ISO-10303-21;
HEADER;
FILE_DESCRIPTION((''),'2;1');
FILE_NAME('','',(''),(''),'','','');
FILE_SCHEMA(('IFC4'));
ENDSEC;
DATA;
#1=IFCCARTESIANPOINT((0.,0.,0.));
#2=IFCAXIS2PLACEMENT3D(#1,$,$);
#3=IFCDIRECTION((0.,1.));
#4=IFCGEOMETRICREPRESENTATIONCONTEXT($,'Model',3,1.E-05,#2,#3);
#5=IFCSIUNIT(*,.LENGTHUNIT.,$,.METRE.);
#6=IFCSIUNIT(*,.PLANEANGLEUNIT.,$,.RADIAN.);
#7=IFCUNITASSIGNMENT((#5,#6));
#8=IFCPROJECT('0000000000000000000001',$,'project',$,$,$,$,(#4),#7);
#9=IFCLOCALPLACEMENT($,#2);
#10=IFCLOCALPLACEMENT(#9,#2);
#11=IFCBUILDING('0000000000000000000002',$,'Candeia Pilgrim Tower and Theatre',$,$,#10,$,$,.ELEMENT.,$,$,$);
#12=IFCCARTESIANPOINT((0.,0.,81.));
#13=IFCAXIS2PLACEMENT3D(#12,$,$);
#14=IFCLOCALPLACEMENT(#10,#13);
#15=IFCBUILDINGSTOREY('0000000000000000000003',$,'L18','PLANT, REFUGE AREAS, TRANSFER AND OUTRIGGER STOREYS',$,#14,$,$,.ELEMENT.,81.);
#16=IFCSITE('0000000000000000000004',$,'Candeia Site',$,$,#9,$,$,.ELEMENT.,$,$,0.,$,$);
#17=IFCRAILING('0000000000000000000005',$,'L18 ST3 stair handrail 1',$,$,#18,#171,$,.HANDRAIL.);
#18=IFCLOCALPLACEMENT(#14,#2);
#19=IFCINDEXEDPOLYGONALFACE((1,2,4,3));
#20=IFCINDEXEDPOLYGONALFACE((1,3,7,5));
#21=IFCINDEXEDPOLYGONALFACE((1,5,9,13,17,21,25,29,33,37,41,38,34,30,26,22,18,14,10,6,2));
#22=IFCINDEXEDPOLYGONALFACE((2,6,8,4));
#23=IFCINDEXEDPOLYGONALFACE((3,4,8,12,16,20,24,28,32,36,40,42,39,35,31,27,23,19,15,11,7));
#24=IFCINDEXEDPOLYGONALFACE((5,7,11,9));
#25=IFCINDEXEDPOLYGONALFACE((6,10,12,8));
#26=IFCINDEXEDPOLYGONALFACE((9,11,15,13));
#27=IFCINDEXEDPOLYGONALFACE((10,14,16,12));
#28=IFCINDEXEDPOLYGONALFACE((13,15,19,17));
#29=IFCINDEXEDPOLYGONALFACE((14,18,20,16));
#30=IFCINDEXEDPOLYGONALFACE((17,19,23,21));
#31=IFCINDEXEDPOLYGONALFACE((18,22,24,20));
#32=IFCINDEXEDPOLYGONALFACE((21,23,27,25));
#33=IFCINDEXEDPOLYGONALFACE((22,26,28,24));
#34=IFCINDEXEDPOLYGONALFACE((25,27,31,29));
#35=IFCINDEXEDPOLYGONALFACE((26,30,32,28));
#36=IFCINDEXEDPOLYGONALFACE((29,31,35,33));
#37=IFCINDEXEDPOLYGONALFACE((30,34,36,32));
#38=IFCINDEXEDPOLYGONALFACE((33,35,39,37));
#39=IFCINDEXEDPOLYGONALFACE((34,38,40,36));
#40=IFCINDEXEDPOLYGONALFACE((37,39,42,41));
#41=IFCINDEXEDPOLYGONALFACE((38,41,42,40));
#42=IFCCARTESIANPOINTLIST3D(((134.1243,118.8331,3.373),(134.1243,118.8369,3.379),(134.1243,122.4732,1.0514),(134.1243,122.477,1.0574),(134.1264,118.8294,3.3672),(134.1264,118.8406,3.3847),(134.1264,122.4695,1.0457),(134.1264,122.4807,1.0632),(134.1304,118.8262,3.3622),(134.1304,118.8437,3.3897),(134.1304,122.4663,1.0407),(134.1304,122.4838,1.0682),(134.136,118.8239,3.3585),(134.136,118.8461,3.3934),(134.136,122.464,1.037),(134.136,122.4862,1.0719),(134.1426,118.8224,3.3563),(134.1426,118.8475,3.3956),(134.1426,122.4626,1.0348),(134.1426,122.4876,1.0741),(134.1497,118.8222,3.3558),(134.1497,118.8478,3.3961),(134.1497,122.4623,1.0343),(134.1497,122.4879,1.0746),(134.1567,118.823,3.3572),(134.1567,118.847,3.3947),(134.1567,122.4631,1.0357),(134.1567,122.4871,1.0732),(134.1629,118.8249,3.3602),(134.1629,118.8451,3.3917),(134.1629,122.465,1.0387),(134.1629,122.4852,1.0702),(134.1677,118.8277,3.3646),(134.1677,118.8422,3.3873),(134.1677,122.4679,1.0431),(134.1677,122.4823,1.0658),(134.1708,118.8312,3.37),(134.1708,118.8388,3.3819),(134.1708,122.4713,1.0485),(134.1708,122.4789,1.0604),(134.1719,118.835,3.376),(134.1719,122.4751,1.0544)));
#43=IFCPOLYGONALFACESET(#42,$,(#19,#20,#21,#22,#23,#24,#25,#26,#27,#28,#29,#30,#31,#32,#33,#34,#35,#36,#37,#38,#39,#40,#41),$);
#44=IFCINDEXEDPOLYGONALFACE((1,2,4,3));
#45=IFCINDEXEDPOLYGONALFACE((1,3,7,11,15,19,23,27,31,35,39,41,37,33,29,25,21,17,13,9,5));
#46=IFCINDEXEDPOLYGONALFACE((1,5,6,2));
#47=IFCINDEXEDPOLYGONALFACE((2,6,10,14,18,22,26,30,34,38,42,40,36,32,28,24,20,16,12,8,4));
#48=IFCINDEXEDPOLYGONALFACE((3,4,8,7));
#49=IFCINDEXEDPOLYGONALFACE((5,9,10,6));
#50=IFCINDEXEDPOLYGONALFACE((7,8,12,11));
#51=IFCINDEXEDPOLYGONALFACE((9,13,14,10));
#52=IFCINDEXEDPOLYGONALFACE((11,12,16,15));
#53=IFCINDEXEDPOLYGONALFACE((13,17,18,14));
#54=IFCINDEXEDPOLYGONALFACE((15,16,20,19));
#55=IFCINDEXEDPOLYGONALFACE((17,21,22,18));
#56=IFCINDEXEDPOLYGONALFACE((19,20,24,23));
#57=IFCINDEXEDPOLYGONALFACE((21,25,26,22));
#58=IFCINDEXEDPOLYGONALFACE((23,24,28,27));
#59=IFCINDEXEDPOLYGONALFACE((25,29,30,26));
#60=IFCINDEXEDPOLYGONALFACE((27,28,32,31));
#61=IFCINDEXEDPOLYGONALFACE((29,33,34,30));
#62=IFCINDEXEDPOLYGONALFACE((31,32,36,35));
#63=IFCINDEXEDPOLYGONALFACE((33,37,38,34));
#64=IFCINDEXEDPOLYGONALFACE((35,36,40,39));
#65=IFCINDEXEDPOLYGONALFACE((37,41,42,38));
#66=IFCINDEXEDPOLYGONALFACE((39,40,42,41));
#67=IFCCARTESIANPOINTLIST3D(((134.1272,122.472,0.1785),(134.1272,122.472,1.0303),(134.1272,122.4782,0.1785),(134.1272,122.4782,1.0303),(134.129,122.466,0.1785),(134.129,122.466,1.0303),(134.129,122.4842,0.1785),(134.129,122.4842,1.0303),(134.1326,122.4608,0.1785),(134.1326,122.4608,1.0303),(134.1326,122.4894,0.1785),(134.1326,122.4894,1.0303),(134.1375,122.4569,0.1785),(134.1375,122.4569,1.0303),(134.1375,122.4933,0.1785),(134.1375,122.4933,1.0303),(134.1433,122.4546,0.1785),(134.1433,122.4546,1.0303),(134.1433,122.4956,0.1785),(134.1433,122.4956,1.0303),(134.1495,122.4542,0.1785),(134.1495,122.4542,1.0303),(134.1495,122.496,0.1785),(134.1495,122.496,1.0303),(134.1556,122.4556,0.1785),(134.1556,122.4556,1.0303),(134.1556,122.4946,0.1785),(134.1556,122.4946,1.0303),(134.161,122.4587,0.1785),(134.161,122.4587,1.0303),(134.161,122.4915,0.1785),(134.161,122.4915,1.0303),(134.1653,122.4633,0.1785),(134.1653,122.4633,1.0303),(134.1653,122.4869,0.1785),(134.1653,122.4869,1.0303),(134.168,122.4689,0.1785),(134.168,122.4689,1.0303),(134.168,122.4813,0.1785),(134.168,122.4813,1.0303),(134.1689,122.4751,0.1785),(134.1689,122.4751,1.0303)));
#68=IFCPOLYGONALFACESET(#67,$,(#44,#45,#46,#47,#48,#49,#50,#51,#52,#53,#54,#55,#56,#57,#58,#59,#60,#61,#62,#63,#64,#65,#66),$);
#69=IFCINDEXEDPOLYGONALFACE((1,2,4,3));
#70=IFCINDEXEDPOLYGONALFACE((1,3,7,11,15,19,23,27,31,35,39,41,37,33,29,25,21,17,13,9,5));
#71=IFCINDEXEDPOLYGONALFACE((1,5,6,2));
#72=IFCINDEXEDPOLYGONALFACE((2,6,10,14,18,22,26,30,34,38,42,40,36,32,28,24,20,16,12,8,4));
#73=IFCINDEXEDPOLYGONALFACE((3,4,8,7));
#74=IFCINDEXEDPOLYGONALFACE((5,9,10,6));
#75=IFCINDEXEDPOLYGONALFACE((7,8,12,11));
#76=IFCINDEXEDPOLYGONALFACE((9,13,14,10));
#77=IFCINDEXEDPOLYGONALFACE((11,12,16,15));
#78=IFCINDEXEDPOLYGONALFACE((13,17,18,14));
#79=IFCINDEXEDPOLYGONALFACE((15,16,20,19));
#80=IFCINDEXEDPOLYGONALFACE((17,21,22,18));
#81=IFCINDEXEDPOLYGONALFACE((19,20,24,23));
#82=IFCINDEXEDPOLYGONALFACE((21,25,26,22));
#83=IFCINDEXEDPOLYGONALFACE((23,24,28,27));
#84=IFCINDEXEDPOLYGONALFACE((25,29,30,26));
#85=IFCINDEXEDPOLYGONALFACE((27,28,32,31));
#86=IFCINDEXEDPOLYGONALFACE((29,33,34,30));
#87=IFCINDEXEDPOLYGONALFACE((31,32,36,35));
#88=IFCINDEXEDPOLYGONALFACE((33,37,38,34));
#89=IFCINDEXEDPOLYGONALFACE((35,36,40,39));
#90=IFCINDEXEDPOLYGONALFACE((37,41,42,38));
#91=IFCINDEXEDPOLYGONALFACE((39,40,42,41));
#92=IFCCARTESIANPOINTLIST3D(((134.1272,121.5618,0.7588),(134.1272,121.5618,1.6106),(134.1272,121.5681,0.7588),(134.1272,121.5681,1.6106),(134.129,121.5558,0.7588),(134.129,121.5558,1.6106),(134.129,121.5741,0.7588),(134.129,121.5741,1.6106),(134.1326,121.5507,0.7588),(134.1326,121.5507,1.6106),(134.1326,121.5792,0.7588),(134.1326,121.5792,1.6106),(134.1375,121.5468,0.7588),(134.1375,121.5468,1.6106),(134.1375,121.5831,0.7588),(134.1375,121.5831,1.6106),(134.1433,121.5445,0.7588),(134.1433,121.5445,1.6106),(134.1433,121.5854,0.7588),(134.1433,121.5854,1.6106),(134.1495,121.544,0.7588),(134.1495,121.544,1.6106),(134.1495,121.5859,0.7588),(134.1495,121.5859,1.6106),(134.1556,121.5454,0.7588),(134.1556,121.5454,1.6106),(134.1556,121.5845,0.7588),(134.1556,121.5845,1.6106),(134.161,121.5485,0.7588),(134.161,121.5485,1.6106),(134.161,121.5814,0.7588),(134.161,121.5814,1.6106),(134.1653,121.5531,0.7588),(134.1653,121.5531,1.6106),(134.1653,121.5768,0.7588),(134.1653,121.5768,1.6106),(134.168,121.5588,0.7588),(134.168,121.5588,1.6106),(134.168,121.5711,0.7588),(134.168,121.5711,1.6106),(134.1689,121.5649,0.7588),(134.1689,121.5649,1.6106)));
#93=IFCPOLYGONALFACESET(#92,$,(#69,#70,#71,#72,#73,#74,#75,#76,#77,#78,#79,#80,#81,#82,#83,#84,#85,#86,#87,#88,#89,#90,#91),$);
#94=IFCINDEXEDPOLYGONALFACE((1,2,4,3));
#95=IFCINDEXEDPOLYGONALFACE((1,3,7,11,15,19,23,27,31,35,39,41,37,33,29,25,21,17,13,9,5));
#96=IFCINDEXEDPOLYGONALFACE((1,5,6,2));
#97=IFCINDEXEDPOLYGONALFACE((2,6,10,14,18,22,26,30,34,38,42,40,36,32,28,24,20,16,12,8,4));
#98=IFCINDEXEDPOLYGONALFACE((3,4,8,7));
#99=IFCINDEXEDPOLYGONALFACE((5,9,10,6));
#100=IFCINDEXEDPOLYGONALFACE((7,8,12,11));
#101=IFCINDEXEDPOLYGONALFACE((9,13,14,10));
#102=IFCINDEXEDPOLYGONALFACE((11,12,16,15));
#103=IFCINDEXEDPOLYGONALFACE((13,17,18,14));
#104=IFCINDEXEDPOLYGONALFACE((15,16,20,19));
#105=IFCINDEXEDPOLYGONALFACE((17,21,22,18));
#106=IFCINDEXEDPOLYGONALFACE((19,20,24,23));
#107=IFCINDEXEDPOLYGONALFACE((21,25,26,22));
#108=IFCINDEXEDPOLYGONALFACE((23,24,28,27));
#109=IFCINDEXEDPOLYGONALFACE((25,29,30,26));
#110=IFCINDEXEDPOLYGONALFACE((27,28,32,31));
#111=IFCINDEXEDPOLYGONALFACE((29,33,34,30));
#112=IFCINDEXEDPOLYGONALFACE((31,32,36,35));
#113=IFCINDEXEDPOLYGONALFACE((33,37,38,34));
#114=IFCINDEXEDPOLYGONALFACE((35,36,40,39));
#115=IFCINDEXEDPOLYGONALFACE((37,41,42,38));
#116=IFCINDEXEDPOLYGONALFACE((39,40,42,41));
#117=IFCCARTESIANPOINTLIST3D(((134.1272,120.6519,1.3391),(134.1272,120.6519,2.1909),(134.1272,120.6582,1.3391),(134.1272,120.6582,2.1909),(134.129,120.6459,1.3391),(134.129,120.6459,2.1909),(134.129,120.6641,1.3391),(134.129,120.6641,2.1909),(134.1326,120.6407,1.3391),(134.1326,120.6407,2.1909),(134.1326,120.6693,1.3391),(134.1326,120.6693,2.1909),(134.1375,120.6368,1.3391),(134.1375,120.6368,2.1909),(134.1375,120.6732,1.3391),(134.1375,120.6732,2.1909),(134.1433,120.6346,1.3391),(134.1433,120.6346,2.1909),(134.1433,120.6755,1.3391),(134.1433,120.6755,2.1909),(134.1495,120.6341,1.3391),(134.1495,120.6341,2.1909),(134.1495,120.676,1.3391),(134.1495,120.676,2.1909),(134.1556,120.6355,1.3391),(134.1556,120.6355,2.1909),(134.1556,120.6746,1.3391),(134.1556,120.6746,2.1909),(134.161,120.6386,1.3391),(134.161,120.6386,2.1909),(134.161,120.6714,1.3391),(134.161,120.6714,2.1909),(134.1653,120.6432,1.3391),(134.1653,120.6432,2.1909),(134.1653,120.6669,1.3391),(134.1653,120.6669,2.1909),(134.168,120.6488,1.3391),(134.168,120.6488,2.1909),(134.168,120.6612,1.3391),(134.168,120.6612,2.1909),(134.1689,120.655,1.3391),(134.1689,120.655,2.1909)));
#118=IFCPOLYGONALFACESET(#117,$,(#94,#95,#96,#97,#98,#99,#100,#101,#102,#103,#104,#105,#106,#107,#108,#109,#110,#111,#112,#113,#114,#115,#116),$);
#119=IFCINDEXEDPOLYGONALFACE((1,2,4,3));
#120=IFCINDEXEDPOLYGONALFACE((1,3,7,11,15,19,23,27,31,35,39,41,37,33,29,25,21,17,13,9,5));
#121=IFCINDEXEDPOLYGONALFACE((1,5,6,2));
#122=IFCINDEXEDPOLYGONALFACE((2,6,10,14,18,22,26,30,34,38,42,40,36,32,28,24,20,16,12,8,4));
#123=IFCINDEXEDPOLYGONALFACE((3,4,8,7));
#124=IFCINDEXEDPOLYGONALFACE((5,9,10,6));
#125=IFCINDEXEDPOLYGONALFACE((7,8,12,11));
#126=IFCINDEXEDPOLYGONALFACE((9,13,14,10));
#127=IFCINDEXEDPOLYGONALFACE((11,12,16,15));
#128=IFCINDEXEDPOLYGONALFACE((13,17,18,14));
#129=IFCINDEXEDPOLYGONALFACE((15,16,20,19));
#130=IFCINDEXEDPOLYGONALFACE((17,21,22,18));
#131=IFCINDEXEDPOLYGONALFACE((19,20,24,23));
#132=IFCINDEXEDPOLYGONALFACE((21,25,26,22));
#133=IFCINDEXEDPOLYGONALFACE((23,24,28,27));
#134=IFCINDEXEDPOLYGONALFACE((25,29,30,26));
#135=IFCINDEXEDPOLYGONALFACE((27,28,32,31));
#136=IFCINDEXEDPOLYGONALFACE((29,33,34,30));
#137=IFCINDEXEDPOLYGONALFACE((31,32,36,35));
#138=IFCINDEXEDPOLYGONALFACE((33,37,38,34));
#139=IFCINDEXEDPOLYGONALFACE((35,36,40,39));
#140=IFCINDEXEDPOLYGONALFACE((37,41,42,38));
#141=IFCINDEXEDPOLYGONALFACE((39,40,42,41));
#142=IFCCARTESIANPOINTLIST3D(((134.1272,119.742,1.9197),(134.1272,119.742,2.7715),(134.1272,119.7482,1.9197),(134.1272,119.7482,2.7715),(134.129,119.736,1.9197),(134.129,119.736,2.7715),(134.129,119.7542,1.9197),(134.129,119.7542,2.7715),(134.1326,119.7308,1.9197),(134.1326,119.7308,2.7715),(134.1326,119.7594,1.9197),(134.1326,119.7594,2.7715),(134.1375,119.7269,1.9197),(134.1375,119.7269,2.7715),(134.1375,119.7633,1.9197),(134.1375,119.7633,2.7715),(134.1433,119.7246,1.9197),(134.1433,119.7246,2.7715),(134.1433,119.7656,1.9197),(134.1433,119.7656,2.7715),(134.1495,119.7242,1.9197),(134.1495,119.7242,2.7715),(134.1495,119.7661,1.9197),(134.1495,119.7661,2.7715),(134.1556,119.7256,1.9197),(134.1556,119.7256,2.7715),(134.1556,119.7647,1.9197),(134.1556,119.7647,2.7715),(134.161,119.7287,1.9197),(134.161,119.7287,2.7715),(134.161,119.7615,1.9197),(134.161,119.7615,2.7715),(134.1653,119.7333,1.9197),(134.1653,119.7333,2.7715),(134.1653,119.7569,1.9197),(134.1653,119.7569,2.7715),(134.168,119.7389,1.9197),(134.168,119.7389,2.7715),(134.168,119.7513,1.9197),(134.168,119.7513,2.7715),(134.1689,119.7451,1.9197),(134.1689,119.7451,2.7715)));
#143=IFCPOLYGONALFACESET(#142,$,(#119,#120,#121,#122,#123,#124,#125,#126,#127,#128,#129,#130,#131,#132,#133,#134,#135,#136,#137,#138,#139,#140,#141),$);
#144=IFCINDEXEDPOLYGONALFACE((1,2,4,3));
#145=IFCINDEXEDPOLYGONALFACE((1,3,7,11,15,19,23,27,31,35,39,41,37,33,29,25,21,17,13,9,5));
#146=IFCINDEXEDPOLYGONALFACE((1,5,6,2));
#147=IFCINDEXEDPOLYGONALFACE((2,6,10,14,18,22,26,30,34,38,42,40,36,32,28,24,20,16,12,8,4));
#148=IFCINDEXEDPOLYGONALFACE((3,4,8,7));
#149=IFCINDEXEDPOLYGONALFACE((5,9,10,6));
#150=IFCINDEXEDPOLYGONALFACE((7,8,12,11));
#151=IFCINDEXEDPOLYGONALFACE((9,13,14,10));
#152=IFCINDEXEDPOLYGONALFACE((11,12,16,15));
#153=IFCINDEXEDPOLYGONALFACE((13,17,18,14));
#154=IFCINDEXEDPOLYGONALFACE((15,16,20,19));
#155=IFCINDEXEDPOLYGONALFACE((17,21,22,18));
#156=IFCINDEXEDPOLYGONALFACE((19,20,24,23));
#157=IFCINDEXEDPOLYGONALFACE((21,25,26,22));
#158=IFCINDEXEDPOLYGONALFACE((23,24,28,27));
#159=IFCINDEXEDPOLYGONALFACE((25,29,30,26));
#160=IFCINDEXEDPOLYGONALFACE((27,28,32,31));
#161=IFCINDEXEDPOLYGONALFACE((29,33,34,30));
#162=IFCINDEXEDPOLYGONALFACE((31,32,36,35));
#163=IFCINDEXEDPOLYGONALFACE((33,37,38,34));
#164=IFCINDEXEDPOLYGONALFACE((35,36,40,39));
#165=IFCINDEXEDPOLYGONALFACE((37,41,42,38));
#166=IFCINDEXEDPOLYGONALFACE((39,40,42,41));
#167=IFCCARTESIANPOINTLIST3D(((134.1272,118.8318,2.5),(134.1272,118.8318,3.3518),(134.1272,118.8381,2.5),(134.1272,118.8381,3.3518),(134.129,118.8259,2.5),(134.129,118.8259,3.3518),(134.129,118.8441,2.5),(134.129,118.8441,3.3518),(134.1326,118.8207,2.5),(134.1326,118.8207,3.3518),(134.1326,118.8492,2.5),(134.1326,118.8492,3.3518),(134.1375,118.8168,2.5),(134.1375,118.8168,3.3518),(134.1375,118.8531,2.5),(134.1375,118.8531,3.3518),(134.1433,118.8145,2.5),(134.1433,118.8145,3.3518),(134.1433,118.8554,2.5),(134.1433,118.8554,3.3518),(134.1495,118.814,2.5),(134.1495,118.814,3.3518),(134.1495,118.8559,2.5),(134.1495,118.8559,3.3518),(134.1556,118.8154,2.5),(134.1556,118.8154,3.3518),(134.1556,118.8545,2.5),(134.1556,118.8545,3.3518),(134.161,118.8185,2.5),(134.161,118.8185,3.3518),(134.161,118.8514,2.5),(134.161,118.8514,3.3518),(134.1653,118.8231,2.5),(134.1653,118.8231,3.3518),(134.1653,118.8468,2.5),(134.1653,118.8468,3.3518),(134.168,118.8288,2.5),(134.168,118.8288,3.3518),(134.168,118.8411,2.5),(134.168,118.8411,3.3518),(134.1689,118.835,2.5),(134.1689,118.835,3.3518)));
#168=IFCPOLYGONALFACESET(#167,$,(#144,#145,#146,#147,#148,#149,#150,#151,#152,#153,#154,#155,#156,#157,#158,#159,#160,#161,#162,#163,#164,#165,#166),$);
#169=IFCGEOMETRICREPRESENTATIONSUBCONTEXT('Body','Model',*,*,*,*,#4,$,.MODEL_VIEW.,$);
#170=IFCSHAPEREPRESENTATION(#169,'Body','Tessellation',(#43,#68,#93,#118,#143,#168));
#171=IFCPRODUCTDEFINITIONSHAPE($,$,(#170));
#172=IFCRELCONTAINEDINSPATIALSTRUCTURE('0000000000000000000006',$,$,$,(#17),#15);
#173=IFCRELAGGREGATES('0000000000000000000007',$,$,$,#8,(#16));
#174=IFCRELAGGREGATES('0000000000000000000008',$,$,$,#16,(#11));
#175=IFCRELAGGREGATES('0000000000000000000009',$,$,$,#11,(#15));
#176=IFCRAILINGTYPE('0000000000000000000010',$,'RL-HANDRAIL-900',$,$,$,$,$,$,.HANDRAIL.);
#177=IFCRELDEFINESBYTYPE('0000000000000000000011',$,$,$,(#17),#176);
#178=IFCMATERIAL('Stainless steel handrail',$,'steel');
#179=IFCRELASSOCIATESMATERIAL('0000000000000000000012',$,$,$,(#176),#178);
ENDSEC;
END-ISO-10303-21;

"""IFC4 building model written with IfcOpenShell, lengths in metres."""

from ifc_helpers import new_model, si_unit, direction, frame, origin, origin_2d, place, context, subcontext, project, spatial, circle, extrude, material, type_object, element, save


model = new_model("IFC4")

# Units and contexts
model_context = context("Model", 3, precision=1e-05, world=origin(), true_north=direction((0.0, 1.0)))
body_context = subcontext(model_context, "Body", "Model", "MODEL_VIEW")
ifc_project = project(units=[si_unit("LENGTHUNIT", "METRE"), si_unit("PLANEANGLEUNIT", "RADIAN")], contexts=[model_context])

# Site, building, storey
site_placement = place(None, origin())
site = spatial("IfcSite", under=ifc_project, at=site_placement, Name="Candeia Site", CompositionType="ELEMENT", RefElevation=0.0)
building_placement = place(site_placement, origin())
building = spatial("IfcBuilding", under=site, at=building_placement, Name="Candeia Pilgrim Tower and Theatre", CompositionType="ELEMENT")
storey_placement = place(building_placement, frame((0.0, 0.0, 81.0)))
storey = spatial("IfcBuildingStorey", under=building, at=storey_placement, Name="L18", Description="PLANT, REFUGE AREAS, TRANSFER AND OUTRIGGER STOREYS", CompositionType="ELEMENT", Elevation=81.0)

# Railing
ifc_material_1 = material(Name="Stainless steel handrail", Category="steel")
railing_type_1 = type_object("IfcRailingType", Name="RL-HANDRAIL-900", PredefinedType="HANDRAIL", material=ifc_material_1)
railing_1_placement = place(storey_placement, frame((134.1479, 122.4751, 0.1785)))
element("IfcRailing", 1, at=railing_1_placement, inside=storey, type_object=railing_type_1, Name="L18 ST3 stair handrail 1", PredefinedType="HANDRAIL", context=body_context, shape_type="SweptSolid", body=[
    extrude(circle(Radius=0.0239, at=origin_2d()), frame((0.0, 0.0, 0.876), z_axis=(0.0, -0.843128, 0.537713), x_axis=(1.0, 0.0, 0.0)), (0.0, 0.0, 1.0), 4.3174),
    extrude(circle(Radius=0.021, at=origin_2d()), origin(), (0.0, 0.0, 1.0), 0.8518),
    extrude(circle(Radius=0.021, at=origin_2d()), frame((0.0, -0.9102, 0.5803)), (0.0, 0.0, 1.0), 0.8518),
    extrude(circle(Radius=0.021, at=origin_2d()), frame((0.0, -1.8201, 1.1606)), (0.0, 0.0, 1.0), 0.8518),
    extrude(circle(Radius=0.021, at=origin_2d()), frame((0.0, -2.73, 1.7412)), (0.0, 0.0, 1.0), 0.8518),
    extrude(circle(Radius=0.021, at=origin_2d()), frame((0.0, -3.6401, 2.3215)), (0.0, 0.0, 1.0), 0.8518),
])

save(model, "model.ifc")
